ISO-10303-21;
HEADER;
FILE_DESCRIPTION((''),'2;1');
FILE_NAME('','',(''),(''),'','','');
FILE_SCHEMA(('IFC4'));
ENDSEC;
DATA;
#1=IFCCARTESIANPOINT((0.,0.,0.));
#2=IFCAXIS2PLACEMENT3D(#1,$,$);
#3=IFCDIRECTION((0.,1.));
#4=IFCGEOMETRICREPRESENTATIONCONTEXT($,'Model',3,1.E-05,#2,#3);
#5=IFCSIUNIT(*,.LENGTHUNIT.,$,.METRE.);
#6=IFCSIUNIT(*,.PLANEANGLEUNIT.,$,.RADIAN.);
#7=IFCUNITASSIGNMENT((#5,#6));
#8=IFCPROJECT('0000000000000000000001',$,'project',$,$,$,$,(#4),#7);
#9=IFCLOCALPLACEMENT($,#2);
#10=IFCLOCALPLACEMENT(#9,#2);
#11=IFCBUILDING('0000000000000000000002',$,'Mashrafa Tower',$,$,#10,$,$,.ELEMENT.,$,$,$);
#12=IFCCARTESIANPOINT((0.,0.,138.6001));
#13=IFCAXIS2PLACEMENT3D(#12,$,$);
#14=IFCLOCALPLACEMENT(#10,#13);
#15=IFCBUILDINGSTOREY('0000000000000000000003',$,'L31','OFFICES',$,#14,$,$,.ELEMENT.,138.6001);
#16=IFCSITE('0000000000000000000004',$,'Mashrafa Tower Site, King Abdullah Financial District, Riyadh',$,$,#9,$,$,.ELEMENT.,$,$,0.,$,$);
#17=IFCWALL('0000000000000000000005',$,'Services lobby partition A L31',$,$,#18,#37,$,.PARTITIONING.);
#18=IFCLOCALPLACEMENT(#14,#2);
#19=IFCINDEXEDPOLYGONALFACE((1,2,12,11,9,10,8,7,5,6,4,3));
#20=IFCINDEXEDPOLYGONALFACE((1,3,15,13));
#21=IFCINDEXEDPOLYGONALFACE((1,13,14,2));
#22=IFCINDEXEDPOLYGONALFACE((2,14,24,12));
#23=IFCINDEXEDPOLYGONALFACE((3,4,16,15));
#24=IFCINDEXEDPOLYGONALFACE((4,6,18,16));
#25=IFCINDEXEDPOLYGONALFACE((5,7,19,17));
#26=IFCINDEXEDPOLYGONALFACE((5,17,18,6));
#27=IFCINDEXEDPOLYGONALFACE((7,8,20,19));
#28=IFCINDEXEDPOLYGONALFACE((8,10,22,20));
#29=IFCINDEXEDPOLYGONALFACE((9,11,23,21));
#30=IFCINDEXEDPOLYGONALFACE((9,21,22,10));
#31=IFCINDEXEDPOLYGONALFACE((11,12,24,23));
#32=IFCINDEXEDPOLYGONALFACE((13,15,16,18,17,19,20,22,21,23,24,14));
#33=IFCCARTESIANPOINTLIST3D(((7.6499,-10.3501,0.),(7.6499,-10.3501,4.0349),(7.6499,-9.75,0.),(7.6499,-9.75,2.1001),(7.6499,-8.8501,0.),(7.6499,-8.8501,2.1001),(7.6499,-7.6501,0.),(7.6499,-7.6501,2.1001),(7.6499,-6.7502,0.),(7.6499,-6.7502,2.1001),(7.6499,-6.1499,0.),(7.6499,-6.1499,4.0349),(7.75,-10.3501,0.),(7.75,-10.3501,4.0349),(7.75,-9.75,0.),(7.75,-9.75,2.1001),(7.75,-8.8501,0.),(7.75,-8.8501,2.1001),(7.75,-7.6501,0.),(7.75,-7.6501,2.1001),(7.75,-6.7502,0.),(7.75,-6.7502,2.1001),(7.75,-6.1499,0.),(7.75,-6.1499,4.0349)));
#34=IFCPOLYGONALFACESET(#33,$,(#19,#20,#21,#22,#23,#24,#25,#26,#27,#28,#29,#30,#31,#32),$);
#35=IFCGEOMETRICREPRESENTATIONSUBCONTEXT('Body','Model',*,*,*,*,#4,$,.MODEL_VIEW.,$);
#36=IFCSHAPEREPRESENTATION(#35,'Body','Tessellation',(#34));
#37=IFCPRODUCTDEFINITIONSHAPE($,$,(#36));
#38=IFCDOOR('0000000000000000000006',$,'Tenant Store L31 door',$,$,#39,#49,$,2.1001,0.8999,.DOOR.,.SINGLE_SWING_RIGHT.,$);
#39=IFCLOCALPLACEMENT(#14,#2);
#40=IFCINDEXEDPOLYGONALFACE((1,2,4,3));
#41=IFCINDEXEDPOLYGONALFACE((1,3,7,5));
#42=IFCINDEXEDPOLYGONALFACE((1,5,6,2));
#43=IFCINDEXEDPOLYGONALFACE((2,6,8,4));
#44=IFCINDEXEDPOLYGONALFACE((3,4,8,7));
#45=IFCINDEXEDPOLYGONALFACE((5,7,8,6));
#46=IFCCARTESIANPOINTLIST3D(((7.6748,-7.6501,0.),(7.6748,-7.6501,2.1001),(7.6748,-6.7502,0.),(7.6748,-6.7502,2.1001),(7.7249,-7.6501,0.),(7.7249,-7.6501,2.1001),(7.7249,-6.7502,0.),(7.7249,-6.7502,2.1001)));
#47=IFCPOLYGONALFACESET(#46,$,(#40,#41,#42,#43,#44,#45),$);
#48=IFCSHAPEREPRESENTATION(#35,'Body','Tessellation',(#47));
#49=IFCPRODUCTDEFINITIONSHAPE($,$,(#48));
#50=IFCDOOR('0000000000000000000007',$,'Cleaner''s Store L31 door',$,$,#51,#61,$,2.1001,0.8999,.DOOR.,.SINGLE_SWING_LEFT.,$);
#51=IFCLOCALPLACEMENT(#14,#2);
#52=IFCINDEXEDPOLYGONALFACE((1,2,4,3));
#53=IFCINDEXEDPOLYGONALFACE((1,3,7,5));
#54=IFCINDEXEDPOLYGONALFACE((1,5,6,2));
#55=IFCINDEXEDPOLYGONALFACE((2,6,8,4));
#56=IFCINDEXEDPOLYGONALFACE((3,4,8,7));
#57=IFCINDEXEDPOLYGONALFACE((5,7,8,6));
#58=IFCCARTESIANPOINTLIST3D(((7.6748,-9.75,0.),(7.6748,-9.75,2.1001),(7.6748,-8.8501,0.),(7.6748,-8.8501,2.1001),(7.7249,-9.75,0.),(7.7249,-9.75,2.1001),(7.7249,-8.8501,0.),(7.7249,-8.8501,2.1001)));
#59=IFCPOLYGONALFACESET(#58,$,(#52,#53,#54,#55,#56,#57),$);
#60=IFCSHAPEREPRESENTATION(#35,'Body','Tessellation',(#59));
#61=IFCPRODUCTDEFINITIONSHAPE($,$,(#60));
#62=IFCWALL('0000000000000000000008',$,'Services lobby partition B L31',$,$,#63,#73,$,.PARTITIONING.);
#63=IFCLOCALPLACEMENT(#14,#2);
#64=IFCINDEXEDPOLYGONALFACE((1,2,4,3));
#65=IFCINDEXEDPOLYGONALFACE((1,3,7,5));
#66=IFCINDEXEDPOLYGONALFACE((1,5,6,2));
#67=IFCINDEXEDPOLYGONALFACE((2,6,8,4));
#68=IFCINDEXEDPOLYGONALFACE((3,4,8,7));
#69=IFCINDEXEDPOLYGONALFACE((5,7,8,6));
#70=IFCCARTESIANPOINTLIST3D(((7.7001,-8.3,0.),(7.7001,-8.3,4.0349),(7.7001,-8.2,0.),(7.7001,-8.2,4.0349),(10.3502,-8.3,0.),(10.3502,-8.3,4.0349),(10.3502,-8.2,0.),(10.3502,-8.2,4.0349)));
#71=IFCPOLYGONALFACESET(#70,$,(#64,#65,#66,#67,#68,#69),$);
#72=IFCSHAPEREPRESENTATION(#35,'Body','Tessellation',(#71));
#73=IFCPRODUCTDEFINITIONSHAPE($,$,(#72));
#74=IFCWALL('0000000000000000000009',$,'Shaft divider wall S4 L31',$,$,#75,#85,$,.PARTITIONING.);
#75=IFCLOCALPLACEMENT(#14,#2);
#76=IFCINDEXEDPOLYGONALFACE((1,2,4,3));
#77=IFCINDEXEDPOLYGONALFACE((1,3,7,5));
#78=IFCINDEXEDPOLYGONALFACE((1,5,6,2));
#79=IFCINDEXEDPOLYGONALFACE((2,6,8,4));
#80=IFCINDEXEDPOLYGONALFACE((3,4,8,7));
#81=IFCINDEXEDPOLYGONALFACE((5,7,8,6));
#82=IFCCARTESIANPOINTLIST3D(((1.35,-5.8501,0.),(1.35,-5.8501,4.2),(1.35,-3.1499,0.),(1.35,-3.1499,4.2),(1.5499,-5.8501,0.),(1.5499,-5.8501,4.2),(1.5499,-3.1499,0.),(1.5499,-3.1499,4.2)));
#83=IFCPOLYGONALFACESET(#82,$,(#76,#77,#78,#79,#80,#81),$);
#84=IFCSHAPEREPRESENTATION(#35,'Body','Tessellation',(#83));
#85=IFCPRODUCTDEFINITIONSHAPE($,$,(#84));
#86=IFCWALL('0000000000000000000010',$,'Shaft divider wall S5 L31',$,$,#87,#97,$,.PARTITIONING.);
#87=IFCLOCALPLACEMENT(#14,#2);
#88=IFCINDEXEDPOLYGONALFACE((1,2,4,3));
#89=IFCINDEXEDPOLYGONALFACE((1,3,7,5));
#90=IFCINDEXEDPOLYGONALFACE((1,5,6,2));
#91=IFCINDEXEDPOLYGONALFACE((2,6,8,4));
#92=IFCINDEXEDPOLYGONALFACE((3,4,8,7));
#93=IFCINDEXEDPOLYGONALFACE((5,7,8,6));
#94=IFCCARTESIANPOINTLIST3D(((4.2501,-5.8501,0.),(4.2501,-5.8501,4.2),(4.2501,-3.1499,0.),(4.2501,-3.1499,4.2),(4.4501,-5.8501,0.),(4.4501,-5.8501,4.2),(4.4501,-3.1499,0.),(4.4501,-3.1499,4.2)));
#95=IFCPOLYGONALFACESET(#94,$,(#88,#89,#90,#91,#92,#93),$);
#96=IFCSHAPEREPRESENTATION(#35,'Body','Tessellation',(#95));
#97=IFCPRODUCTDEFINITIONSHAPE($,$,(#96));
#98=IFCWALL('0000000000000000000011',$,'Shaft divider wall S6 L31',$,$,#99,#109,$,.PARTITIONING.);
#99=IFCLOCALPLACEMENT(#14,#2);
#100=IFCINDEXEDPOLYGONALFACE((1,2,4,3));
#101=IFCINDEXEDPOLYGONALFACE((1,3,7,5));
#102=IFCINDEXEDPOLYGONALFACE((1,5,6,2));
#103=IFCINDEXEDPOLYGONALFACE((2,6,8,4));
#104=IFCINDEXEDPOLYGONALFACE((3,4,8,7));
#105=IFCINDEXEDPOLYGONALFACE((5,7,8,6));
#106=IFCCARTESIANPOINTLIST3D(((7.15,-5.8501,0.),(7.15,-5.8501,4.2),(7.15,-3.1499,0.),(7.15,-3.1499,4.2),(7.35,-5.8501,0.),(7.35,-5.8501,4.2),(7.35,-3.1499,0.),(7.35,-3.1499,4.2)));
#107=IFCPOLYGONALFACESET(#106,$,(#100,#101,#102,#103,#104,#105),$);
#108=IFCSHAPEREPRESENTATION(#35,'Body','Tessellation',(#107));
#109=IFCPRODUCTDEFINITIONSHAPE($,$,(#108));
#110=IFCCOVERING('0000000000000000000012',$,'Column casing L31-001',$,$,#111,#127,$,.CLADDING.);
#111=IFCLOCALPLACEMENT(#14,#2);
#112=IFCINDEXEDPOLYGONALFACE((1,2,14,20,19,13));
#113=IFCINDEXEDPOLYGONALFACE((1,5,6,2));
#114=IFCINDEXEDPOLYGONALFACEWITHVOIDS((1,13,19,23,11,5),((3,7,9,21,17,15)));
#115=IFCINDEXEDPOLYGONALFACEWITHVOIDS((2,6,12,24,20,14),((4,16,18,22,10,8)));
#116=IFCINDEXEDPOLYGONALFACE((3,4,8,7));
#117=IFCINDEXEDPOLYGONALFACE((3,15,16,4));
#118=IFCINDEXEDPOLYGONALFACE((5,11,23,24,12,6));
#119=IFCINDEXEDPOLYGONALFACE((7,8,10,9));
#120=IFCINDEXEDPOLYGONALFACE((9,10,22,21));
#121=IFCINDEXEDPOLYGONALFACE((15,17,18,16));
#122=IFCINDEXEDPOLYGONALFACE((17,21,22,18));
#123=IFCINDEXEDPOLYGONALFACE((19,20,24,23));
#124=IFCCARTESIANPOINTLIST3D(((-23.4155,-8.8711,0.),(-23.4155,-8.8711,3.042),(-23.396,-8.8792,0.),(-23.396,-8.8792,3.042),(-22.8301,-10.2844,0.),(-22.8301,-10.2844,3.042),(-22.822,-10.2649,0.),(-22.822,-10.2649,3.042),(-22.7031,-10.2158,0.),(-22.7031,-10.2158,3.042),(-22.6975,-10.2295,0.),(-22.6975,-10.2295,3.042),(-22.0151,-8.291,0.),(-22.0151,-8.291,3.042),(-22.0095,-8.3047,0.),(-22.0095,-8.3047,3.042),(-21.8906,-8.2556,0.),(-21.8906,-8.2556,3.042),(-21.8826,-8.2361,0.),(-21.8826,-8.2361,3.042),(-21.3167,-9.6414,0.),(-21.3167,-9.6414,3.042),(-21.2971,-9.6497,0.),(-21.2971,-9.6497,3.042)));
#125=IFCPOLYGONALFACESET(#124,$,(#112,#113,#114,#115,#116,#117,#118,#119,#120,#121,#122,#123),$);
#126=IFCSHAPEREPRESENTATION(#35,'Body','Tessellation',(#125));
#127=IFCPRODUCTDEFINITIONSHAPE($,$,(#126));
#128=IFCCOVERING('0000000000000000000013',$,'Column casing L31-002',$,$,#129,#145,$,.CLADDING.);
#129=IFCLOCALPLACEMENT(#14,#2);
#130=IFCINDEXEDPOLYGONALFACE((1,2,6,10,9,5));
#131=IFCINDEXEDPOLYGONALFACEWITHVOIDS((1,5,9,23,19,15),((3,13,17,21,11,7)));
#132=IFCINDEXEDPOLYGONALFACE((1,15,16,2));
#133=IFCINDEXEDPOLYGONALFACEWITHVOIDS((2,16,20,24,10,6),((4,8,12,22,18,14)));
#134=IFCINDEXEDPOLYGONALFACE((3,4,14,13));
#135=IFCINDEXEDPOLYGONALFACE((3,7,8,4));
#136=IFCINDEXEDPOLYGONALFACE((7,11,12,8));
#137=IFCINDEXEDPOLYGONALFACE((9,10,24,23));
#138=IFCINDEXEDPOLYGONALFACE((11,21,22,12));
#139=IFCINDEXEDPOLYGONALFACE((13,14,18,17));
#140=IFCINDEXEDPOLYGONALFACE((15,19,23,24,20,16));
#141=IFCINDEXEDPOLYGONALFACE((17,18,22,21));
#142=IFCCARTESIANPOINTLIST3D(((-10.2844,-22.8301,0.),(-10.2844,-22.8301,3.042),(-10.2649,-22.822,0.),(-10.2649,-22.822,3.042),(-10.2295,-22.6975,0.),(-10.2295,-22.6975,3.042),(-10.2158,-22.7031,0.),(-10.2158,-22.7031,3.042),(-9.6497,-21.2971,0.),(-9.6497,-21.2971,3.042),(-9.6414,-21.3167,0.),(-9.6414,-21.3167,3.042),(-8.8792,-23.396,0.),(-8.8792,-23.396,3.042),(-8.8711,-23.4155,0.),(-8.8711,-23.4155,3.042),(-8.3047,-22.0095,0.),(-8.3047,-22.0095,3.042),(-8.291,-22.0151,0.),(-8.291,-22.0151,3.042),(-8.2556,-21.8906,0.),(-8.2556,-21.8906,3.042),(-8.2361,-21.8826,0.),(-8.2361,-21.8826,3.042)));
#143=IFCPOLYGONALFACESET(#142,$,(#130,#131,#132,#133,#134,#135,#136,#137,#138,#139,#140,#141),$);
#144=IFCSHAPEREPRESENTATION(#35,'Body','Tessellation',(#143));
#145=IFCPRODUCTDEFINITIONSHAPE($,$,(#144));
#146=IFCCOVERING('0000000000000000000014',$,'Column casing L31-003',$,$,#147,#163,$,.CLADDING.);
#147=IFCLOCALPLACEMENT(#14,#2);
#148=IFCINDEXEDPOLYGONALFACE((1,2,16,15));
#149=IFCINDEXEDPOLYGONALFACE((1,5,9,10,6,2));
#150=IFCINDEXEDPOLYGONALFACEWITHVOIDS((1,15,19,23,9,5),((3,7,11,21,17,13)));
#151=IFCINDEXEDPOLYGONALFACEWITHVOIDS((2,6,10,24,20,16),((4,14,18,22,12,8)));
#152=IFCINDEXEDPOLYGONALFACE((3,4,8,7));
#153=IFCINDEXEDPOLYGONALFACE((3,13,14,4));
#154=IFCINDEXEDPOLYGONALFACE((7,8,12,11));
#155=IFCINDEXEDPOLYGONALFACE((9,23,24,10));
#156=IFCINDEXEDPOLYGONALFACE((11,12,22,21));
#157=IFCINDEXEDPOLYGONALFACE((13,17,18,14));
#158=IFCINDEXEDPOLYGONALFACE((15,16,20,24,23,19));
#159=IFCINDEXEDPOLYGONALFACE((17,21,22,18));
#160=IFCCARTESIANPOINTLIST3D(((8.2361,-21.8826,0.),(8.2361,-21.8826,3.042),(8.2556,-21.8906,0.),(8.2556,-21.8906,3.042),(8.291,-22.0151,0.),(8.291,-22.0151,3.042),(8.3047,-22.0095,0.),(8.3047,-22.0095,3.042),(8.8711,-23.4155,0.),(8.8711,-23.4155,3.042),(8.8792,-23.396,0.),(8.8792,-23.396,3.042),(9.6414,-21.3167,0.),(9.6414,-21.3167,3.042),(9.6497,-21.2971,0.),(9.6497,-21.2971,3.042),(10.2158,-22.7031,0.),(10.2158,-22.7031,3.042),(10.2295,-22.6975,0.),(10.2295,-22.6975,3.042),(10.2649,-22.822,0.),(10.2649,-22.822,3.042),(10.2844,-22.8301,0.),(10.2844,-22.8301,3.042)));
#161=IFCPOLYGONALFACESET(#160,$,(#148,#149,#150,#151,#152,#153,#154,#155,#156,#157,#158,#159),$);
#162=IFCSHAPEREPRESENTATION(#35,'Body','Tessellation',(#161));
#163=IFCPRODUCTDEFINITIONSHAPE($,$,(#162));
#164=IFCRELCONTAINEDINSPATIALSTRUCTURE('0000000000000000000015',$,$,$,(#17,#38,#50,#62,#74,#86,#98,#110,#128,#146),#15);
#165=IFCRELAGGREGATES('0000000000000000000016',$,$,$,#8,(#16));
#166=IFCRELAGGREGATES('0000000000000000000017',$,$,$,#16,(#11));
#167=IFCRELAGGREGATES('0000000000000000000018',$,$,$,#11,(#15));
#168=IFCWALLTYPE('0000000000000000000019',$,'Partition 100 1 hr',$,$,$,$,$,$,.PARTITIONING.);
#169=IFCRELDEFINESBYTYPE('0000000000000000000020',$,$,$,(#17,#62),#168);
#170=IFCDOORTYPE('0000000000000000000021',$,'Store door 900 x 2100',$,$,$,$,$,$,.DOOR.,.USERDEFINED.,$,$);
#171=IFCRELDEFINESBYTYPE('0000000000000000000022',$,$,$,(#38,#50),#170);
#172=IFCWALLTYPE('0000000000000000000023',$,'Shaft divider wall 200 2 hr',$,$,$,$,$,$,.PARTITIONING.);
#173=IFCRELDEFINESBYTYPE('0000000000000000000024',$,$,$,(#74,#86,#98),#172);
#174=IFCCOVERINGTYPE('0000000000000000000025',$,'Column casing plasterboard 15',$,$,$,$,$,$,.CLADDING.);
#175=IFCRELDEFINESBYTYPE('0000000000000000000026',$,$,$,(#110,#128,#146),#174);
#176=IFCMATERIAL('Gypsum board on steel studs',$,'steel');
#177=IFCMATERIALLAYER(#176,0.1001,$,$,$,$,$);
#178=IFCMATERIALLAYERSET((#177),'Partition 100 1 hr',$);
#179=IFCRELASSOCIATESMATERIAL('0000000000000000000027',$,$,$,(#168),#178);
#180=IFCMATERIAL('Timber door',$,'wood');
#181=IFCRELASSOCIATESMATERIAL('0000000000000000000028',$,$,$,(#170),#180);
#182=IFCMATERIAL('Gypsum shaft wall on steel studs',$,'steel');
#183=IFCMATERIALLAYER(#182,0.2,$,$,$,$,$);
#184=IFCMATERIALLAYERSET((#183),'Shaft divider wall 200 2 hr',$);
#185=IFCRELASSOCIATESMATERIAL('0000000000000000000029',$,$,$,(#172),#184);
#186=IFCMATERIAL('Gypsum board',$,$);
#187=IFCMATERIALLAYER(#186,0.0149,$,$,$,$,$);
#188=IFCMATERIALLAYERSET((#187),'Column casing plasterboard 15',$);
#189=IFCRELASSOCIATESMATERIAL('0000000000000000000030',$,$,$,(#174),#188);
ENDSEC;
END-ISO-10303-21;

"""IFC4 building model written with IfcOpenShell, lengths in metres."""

from ifc_helpers import new_model, si_unit, direction, frame, frame_2d, origin, place, context, subcontext, project, spatial, polyline, rectangle, outline, extrude, material, layer, layer_set, type_object, element, fill, save


model = new_model("IFC4")

# Units and contexts
model_context = context("Model", 3, precision=1e-05, world=origin(), true_north=direction((0.0, 1.0)))
body_context = subcontext(model_context, "Body", "Model", "MODEL_VIEW")
ifc_project = project(units=[si_unit("LENGTHUNIT", "METRE"), si_unit("PLANEANGLEUNIT", "RADIAN")], contexts=[model_context])

# Site, building, storey
site_placement = place(None, origin())
site = spatial("IfcSite", under=ifc_project, at=site_placement, Name="Mashrafa Tower Site, King Abdullah Financial District, Riyadh", CompositionType="ELEMENT", RefElevation=0.0)
building_placement = place(site_placement, origin())
building = spatial("IfcBuilding", under=site, at=building_placement, Name="Mashrafa Tower", CompositionType="ELEMENT")
storey_placement = place(building_placement, frame((0.0, 0.0, 138.6001)))
storey = spatial("IfcBuildingStorey", under=building, at=storey_placement, Name="L31", Description="OFFICES", CompositionType="ELEMENT", Elevation=138.6001)

# Wall, openings, doors
ifc_material_1 = material(Name="Gypsum board on steel studs", Category="steel")
ifc_layer_1 = layer(ifc_material_1, 0.1001)
ifc_layer_set_1 = layer_set([ifc_layer_1], Name="Partition 100 1 hr")
wall_type_1 = type_object("IfcWallType", Name="Partition 100 1 hr", PredefinedType="PARTITIONING", material=ifc_layer_set_1)
wall_1_placement = place(storey_placement, frame((7.7, -10.3501, 0.0), z_axis=(0.0, 0.0, 1.0), x_axis=(0.0, 1.0, 0.0)))
wall_1 = element("IfcWall", 1, at=wall_1_placement, inside=storey, type_object=wall_type_1, Name="Services lobby partition A L31", PredefinedType="PARTITIONING", context=body_context, shape_type="SweptSolid", body=[
    extrude(rectangle(XDim=4.2002, YDim=0.1001, at=frame_2d((2.1001, 0.0))), origin(), (0.0, 0.0, 1.0), 4.0349),
])
opening_1_placement = place(wall_1_placement, frame((2.7, 0.0, 0.0)))
opening_1 = element("IfcOpeningElement", 2, at=opening_1_placement, cuts=wall_1, PredefinedType="OPENING", context=body_context, shape_type="SweptSolid", body=[
    extrude(rectangle(XDim=0.8999, YDim=2.1001, at=frame_2d((0.45, 1.05))), frame((0.0, 0.0601, 0.0), z_axis=(0.0, -1.0, 0.0), x_axis=(1.0, 0.0, 0.0)), (0.0, 0.0, 1.0), 0.1201),
])
opening_2_placement = place(wall_1_placement, frame((0.6001, 0.0, 0.0)))
opening_2 = element("IfcOpeningElement", 3, at=opening_2_placement, cuts=wall_1, PredefinedType="OPENING", context=body_context, shape_type="SweptSolid", body=[
    extrude(rectangle(XDim=0.8999, YDim=2.1001, at=frame_2d((0.45, 1.05))), frame((0.0, 0.0601, 0.0), z_axis=(0.0, -1.0, 0.0), x_axis=(1.0, 0.0, 0.0)), (0.0, 0.0, 1.0), 0.1201),
])
ifc_material_2 = material(Name="Timber door", Category="wood")
door_type_1 = type_object("IfcDoorType", Name="Store door 900 x 2100", OperationType="USERDEFINED", PredefinedType="DOOR", material=ifc_material_2)
door_1_placement = place(opening_1_placement, frame((0.8999, 0.0, 0.0), z_axis=(0.0, 0.0, 1.0), x_axis=(-1.0, 0.0, 0.0)))
door_1 = element("IfcDoor", 4, at=door_1_placement, inside=storey, type_object=door_type_1, Name="Tenant Store L31 door", OperationType="SINGLE_SWING_RIGHT", OverallHeight=2.1001, OverallWidth=0.8999, PredefinedType="DOOR", context=body_context, shape_type="SweptSolid", body=[
    extrude(rectangle(XDim=0.8999, YDim=2.1001, at=frame_2d((0.45, 1.05))), frame((0.0, 0.0249, 0.0), z_axis=(0.0, -1.0, 0.0), x_axis=(1.0, 0.0, 0.0)), (0.0, 0.0, 1.0), 0.05),
])
fill(opening_1, door_1)
door_2_placement = place(opening_2_placement, frame((0.8999, 0.0, 0.0), z_axis=(0.0, 0.0, 1.0), x_axis=(-1.0, 0.0, 0.0)))
door_2 = element("IfcDoor", 5, at=door_2_placement, inside=storey, type_object=door_type_1, Name="Cleaner's Store L31 door", OperationType="SINGLE_SWING_LEFT", OverallHeight=2.1001, OverallWidth=0.8999, PredefinedType="DOOR", context=body_context, shape_type="SweptSolid", body=[
    extrude(rectangle(XDim=0.8999, YDim=2.1001, at=frame_2d((0.45, 1.05))), frame((0.0, 0.0249, 0.0), z_axis=(0.0, -1.0, 0.0), x_axis=(1.0, 0.0, 0.0)), (0.0, 0.0, 1.0), 0.05),
])
fill(opening_2, door_2)

# Walls
wall_2_placement = place(storey_placement, frame((7.7, -8.25, 0.0), z_axis=(0.0, 0.0, 1.0), x_axis=(1.0, 0.0, 0.0)))
element("IfcWall", 6, at=wall_2_placement, inside=storey, type_object=wall_type_1, Name="Services lobby partition B L31", PredefinedType="PARTITIONING", context=body_context, shape_type="SweptSolid", body=[
    extrude(rectangle(XDim=2.6501, YDim=0.1001, at=frame_2d((1.3252, 0.0))), origin(), (0.0, 0.0, 1.0), 4.0349),
])
ifc_material_3 = material(Name="Gypsum shaft wall on steel studs", Category="steel")
ifc_layer_2 = layer(ifc_material_3, 0.2)
ifc_layer_set_2 = layer_set([ifc_layer_2], Name="Shaft divider wall 200 2 hr")
wall_type_2 = type_object("IfcWallType", Name="Shaft divider wall 200 2 hr", PredefinedType="PARTITIONING", material=ifc_layer_set_2)
for number, where, z_axis, x_axis, name in (
    (7, (1.45, -5.8501, 0.0), (0.0, 0.0, 1.0), (0.0, 1.0, 0.0), "Shaft divider wall S4 L31"),
    (8, (4.3501, -5.8501, 0.0), (0.0, 0.0, 1.0), (0.0, 1.0, 0.0), "Shaft divider wall S5 L31"),
    (9, (7.25, -5.8501, 0.0), (0.0, 0.0, 1.0), (0.0, 1.0, 0.0), "Shaft divider wall S6 L31"),
):
    element("IfcWall", number, at=place(storey_placement, frame(where, z_axis=z_axis, x_axis=x_axis)), inside=storey, type_object=wall_type_2, Name=name, PredefinedType="PARTITIONING", context=body_context, shape_type="SweptSolid", body=[
        extrude(rectangle(XDim=2.7002, YDim=0.2, at=frame_2d((1.3501, 0.0))), origin(), (0.0, 0.0, 1.0), 4.2),
    ])

# Coverings
ifc_material_4 = material(Name="Gypsum board")
ifc_layer_3 = layer(ifc_material_4, 0.0149)
ifc_layer_set_3 = layer_set([ifc_layer_3], Name="Column casing plasterboard 15")
covering_type_1 = type_object("IfcCoveringType", Name="Column casing plasterboard 15", PredefinedType="CLADDING", material=ifc_layer_set_3)
covering_1_placement = place(storey_placement, origin())
element("IfcCovering", 10, at=covering_1_placement, inside=storey, type_object=covering_type_1, Name="Column casing L31-001", PredefinedType="CLADDING", context=body_context, shape_type="SweptSolid", body=[
    extrude(outline(polyline([(-23.4155, -8.8711), (-22.0151, -8.291), (-21.8826, -8.2361), (-21.2971, -9.6497), (-22.6975, -10.2295), (-22.8301, -10.2844), (-23.4155, -8.8711)]), holes=[polyline([(-22.7031, -10.2158), (-21.3167, -9.6414), (-21.8906, -8.2556), (-22.0095, -8.3047), (-23.396, -8.8792), (-22.822, -10.2649), (-22.7031, -10.2158)])]), origin(), (0.0, 0.0, 1.0), 3.042),
])
covering_2_placement = place(storey_placement, origin())
element("IfcCovering", 11, at=covering_2_placement, inside=storey, type_object=covering_type_1, Name="Column casing L31-002", PredefinedType="CLADDING", context=body_context, shape_type="SweptSolid", body=[
    extrude(outline(polyline([(-10.2844, -22.8301), (-10.2295, -22.6975), (-9.6497, -21.2971), (-8.2361, -21.8826), (-8.291, -22.0151), (-8.8711, -23.4155), (-10.2844, -22.8301)]), holes=[polyline([(-8.3047, -22.0095), (-8.2556, -21.8906), (-9.6414, -21.3167), (-10.2158, -22.7031), (-10.2649, -22.822), (-8.8792, -23.396), (-8.3047, -22.0095)])]), origin(), (0.0, 0.0, 1.0), 3.042),
])
covering_3_placement = place(storey_placement, origin())
element("IfcCovering", 12, at=covering_3_placement, inside=storey, type_object=covering_type_1, Name="Column casing L31-003", PredefinedType="CLADDING", context=body_context, shape_type="SweptSolid", body=[
    extrude(outline(polyline([(8.291, -22.0151), (8.2361, -21.8826), (9.6497, -21.2971), (10.2295, -22.6975), (10.2844, -22.8301), (8.8711, -23.4155), (8.291, -22.0151)]), holes=[polyline([(10.2649, -22.822), (10.2158, -22.7031), (9.6414, -21.3167), (8.2556, -21.8906), (8.3047, -22.0095), (8.8792, -23.396), (10.2649, -22.822)])]), origin(), (0.0, 0.0, 1.0), 3.042),
])

save(model, "model.ifc")
